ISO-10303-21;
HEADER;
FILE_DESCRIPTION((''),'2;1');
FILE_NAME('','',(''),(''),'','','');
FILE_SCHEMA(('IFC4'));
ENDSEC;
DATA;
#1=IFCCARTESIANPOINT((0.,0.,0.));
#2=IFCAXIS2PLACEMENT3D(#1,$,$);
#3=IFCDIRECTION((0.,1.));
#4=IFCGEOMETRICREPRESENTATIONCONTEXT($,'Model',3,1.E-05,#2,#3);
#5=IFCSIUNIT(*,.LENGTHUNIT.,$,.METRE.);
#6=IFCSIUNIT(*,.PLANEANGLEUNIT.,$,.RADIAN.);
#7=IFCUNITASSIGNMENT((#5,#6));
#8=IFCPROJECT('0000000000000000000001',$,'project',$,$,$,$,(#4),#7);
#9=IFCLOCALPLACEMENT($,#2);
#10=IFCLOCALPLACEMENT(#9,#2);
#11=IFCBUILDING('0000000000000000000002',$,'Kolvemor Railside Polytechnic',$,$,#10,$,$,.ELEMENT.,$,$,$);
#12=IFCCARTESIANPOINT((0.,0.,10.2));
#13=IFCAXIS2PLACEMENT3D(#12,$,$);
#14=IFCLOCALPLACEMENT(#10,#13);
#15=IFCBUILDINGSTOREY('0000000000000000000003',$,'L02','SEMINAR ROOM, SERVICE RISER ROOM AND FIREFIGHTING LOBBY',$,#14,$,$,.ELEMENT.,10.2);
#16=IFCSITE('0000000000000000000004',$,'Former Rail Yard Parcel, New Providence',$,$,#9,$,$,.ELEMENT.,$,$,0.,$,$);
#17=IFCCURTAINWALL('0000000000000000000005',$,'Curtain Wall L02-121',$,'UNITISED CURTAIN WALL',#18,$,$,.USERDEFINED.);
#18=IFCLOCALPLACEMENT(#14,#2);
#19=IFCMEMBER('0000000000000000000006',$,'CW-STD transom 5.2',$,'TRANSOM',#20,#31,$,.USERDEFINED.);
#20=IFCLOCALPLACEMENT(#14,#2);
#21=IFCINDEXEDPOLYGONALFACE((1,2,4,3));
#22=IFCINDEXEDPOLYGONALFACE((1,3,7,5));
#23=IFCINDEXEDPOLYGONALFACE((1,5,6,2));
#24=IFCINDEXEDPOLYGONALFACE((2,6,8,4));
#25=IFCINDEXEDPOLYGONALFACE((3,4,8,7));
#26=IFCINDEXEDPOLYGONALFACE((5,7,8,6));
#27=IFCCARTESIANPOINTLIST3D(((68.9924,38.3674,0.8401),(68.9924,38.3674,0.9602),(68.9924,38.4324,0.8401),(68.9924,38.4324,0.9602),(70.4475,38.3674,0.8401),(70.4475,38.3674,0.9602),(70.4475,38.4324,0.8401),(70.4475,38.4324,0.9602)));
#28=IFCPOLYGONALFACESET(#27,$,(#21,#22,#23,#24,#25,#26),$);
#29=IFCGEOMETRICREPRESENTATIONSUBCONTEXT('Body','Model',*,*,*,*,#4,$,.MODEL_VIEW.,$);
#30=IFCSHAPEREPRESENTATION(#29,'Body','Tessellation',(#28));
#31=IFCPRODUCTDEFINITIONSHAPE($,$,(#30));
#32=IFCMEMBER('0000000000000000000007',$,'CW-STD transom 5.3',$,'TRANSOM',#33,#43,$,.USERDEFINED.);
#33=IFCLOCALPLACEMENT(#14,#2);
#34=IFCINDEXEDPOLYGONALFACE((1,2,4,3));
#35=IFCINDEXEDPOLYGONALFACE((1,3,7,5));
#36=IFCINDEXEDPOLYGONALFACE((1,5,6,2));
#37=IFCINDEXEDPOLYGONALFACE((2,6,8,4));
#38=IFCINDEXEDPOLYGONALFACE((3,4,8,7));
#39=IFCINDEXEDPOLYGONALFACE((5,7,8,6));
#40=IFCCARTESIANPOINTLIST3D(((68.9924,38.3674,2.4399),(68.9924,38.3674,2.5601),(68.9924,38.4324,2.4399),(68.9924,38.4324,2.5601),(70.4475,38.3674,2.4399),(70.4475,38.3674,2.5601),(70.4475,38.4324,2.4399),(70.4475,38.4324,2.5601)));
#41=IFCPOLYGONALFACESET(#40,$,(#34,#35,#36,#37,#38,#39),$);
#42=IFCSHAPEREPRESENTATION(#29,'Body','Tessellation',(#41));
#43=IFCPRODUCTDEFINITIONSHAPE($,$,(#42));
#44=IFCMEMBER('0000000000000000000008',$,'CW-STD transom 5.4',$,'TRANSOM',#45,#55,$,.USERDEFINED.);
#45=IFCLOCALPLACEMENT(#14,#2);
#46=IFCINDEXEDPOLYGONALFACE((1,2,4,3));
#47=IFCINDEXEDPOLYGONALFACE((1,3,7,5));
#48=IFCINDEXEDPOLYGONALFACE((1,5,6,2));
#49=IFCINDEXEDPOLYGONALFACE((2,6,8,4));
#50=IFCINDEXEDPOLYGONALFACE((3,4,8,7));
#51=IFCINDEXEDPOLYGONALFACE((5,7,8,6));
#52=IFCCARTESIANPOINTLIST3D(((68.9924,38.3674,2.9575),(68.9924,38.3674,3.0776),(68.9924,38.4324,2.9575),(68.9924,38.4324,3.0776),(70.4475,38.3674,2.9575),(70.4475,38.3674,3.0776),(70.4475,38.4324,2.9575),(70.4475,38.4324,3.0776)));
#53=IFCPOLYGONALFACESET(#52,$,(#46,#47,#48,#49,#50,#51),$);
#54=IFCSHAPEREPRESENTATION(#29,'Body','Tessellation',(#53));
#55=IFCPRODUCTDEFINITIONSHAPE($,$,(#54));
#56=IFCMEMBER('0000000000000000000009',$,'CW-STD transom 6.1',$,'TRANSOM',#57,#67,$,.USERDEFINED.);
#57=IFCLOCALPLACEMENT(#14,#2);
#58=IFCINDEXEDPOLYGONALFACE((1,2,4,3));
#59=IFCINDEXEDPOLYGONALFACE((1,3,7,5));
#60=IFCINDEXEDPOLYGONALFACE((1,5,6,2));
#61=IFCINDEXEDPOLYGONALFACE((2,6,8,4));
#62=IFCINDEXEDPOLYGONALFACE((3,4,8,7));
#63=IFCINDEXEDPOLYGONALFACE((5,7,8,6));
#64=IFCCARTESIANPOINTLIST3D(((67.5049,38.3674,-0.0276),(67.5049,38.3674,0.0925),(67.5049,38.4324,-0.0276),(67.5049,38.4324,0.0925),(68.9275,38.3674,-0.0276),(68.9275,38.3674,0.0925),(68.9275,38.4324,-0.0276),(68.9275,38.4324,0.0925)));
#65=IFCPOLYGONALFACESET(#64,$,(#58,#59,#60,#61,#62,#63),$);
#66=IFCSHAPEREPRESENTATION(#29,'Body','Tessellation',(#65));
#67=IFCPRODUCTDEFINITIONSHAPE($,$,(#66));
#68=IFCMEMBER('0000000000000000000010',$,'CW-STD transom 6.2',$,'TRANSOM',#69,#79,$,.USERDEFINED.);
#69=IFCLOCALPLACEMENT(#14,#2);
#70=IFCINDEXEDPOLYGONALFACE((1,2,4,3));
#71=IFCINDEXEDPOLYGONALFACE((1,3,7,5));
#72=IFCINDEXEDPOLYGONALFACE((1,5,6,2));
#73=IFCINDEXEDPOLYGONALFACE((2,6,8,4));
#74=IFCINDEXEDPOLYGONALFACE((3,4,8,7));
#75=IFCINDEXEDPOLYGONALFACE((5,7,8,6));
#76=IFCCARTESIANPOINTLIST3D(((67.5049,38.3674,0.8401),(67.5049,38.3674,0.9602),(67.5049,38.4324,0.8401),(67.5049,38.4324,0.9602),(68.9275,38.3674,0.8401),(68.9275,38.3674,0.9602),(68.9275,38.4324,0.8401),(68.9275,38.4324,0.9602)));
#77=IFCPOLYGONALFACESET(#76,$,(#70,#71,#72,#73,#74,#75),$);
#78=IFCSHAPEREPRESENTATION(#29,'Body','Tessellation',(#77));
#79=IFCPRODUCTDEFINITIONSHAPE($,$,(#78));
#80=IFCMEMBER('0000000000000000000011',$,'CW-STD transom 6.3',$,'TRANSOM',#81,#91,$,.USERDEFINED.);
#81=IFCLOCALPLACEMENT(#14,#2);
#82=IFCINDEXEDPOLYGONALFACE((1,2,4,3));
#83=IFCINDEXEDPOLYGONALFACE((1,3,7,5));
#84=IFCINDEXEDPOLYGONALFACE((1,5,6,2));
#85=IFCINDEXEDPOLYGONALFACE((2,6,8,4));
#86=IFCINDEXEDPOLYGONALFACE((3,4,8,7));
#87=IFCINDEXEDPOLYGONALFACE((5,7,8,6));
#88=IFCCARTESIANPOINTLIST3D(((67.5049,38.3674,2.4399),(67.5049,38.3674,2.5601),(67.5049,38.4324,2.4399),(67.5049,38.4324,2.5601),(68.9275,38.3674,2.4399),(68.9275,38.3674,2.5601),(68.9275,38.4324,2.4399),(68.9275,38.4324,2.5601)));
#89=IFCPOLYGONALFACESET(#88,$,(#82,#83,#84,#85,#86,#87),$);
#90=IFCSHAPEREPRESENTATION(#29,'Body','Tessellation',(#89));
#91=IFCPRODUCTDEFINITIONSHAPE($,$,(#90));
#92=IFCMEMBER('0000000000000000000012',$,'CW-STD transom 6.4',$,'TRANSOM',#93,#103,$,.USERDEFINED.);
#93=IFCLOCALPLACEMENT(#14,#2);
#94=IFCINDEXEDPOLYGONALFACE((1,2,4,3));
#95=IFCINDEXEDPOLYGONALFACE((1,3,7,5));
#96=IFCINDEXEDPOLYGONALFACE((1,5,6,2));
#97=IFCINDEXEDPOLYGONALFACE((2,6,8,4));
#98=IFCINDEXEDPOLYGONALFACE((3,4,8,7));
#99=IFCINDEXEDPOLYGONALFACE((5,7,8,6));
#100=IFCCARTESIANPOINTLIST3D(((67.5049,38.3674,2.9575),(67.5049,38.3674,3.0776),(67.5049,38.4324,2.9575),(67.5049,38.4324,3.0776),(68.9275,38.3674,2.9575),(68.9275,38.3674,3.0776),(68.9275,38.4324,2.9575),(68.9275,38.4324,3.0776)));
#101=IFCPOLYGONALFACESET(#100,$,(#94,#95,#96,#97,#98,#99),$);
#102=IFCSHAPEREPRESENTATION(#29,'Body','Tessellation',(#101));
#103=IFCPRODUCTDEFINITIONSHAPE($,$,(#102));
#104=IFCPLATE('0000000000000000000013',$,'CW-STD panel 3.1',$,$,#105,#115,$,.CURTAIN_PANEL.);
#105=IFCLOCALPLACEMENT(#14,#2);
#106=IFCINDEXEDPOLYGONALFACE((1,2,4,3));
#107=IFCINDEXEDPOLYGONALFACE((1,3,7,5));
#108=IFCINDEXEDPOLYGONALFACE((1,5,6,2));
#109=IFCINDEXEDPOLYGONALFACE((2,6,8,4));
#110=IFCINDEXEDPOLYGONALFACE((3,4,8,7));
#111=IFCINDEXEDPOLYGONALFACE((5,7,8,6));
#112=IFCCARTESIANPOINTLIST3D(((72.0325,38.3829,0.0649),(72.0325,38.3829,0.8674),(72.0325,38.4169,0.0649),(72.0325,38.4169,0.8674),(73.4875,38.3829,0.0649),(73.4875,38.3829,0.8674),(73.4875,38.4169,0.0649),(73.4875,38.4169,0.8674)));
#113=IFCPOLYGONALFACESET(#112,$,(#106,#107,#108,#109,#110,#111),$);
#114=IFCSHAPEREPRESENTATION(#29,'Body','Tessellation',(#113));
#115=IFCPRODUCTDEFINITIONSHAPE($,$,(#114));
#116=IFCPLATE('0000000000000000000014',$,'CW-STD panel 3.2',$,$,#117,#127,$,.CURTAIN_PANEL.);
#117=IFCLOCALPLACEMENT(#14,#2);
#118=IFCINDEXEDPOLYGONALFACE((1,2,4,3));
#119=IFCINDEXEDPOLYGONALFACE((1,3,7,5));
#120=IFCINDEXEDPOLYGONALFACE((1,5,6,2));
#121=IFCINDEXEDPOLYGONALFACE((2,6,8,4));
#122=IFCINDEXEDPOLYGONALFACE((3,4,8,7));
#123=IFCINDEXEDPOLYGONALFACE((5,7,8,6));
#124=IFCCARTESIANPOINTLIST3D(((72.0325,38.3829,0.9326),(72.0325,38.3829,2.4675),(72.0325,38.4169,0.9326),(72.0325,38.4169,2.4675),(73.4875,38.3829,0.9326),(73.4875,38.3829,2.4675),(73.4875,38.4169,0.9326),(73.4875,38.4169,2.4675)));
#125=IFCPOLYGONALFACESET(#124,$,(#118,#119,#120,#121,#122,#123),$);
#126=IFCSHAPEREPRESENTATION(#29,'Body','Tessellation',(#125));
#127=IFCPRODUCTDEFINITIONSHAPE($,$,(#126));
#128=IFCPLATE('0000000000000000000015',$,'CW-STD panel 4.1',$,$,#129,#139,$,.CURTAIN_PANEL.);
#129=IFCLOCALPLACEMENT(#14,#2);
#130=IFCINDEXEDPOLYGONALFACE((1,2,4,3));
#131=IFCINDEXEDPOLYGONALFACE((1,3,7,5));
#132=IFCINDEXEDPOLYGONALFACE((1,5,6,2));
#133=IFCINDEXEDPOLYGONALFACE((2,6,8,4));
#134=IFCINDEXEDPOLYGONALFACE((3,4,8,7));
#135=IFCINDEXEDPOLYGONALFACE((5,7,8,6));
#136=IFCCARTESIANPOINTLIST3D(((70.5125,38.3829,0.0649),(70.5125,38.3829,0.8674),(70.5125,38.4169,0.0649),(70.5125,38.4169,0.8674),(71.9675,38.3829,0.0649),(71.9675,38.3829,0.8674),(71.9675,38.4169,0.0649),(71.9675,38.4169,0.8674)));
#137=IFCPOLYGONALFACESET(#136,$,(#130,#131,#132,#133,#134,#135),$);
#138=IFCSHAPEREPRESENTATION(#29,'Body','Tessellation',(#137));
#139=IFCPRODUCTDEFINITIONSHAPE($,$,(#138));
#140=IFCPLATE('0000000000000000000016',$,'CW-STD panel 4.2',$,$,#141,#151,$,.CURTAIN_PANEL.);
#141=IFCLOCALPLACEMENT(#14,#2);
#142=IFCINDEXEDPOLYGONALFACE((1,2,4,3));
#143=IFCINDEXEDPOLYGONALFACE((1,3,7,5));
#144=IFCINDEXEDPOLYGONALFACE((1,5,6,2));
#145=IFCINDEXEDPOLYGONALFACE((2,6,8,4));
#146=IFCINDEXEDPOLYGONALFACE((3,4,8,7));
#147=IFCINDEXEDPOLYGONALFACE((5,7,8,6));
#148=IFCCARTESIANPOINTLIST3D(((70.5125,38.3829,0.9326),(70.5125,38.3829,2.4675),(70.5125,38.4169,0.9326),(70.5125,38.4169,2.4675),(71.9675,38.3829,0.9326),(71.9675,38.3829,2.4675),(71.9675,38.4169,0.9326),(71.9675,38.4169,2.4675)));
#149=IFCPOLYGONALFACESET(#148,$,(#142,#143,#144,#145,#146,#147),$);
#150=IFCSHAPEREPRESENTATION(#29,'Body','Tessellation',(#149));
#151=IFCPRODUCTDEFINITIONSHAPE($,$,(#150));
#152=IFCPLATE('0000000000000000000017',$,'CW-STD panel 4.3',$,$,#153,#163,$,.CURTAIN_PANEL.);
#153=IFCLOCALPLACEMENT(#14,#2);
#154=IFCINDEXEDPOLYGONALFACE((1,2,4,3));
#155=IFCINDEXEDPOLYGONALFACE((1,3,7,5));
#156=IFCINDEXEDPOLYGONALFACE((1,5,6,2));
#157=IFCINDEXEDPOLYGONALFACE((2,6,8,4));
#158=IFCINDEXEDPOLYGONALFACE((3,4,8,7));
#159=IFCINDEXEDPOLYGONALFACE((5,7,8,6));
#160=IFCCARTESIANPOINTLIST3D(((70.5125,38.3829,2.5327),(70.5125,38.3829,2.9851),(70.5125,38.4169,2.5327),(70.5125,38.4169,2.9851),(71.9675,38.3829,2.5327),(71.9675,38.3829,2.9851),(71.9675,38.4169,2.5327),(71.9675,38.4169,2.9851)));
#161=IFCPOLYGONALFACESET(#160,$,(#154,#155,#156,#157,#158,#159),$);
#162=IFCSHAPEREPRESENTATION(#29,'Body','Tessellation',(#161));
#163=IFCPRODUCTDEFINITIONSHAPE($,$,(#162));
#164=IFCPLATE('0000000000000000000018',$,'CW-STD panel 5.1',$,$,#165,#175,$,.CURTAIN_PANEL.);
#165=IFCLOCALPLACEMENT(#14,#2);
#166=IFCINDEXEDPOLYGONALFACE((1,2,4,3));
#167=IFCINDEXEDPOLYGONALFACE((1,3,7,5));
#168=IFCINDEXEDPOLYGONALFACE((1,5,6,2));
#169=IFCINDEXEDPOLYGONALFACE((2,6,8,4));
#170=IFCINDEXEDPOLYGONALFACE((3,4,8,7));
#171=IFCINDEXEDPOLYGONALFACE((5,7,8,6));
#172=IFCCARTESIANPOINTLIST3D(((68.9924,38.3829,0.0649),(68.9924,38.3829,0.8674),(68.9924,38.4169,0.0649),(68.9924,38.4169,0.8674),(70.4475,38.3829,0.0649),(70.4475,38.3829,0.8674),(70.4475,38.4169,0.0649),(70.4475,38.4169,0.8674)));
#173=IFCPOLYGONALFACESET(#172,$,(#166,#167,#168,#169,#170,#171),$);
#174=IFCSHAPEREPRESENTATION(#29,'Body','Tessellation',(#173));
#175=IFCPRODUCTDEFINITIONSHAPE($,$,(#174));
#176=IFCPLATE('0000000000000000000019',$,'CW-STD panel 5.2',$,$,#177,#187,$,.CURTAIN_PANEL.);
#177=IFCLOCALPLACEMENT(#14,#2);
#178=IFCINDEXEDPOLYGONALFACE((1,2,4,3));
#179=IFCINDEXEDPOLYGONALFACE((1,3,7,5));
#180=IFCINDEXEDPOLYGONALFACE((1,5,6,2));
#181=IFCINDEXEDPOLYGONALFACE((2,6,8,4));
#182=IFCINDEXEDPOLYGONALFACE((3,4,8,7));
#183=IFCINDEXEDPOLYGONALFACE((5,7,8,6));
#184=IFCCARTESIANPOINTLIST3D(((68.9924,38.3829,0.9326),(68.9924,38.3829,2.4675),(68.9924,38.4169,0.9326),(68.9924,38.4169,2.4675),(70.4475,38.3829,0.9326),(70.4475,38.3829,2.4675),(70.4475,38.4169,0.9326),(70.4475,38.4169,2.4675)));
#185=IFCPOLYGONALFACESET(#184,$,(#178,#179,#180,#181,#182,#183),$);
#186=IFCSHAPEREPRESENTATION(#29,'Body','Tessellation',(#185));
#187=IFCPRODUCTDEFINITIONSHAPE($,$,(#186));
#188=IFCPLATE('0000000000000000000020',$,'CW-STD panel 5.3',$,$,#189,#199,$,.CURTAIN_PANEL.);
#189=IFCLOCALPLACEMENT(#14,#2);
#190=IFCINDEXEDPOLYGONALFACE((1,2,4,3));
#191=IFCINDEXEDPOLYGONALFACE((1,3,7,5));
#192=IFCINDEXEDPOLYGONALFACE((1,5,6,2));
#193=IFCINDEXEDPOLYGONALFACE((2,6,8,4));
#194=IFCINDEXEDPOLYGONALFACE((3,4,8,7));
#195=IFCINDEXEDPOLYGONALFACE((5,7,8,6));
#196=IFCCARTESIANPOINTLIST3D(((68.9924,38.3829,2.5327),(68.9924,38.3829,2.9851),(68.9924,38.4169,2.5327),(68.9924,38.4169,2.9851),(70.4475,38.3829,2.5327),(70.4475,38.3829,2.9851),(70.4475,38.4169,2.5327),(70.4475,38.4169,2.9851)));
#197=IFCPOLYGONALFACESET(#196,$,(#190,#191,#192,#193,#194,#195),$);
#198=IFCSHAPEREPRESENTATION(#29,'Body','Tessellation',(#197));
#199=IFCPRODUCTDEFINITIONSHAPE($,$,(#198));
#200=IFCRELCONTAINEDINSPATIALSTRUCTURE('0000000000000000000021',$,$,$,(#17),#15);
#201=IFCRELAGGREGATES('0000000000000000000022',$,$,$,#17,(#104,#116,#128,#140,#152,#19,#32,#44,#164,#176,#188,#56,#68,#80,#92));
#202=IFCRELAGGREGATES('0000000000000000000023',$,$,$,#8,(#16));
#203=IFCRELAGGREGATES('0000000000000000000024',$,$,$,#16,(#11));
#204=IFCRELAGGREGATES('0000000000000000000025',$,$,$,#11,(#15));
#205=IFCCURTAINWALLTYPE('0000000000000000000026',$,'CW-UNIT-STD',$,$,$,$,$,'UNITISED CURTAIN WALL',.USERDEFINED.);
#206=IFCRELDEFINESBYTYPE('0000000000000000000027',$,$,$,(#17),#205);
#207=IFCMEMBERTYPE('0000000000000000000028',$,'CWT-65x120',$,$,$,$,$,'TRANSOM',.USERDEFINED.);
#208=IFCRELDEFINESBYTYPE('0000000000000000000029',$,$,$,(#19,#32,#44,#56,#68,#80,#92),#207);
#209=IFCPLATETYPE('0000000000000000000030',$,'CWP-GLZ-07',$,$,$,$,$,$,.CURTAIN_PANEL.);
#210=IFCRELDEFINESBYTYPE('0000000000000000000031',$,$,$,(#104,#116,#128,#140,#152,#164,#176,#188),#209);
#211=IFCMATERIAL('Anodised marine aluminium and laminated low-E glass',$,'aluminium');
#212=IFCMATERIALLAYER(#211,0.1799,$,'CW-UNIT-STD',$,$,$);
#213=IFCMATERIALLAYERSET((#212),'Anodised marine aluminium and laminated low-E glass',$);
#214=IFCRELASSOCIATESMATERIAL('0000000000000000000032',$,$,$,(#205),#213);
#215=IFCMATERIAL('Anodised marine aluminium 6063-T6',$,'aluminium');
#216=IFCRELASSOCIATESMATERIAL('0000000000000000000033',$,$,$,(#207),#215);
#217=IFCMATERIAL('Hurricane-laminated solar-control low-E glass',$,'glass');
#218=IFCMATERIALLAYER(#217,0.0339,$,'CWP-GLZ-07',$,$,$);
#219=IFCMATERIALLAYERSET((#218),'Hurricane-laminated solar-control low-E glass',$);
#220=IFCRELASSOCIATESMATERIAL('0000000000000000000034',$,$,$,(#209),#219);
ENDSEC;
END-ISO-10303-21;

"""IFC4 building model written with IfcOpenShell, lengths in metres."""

from ifc_helpers import new_model, si_unit, direction, frame, origin, origin_2d, place, context, subcontext, project, spatial, rectangle, extrude, material, layer, layer_set, material_profile, profile_set, type_object, element, aggregate, save


model = new_model("IFC4")

# Units and contexts
model_context = context("Model", 3, precision=1e-05, world=origin(), true_north=direction((0.0, 1.0)))
body_context = subcontext(model_context, "Body", "Model", "MODEL_VIEW")
ifc_project = project(units=[si_unit("LENGTHUNIT", "METRE"), si_unit("PLANEANGLEUNIT", "RADIAN")], contexts=[model_context])

# Site, building, storey
site_placement = place(None, origin())
site = spatial("IfcSite", under=ifc_project, at=site_placement, Name="Former Rail Yard Parcel, New Providence", CompositionType="ELEMENT", RefElevation=0.0)
building_placement = place(site_placement, origin())
building = spatial("IfcBuilding", under=site, at=building_placement, Name="Kolvemor Railside Polytechnic", CompositionType="ELEMENT")
storey_placement = place(building_placement, frame((0.0, 0.0, 10.2)))
storey = spatial("IfcBuildingStorey", under=building, at=storey_placement, Name="L02", Description="SEMINAR ROOM, SERVICE RISER ROOM AND FIREFIGHTING LOBBY", CompositionType="ELEMENT", Elevation=10.2)

# Curtain wall, members, plates
ifc_material_1 = material(Name="Anodised marine aluminium and laminated low-E glass", Category="aluminium")
ifc_layer_1 = layer(ifc_material_1, 0.1799, Name="CW-UNIT-STD")
ifc_layer_set_1 = layer_set([ifc_layer_1], Name="Anodised marine aluminium and laminated low-E glass")
curtain_wall_type = type_object("IfcCurtainWallType", Name="CW-UNIT-STD", ElementType="UNITISED CURTAIN WALL", PredefinedType="USERDEFINED", material=ifc_layer_set_1)
curtain_wall_placement = place(storey_placement, origin())
curtain_wall = element("IfcCurtainWall", 1, at=curtain_wall_placement, inside=storey, type_object=curtain_wall_type, Name="Curtain Wall L02-121", ObjectType="UNITISED CURTAIN WALL", PredefinedType="USERDEFINED")
ifc_material_2 = material(Name="Anodised marine aluminium 6063-T6", Category="aluminium")
ifc_material_profile_1 = material_profile(ifc_material_2, rectangle(XDim=0.0649, YDim=0.1201, at=origin_2d()), Name="CW-TRN-65x120")
ifc_profile_set_1 = profile_set([ifc_material_profile_1], Name="Anodised marine aluminium 6063-T6")
member_type_1 = type_object("IfcMemberType", Name="CWT-65x120", ElementType="TRANSOM", PredefinedType="USERDEFINED", material=ifc_profile_set_1)
member_1_placement = place(storey_placement, frame((70.4475, 38.3999, 0.9001), z_axis=(-1.0, 0.0, 0.0), x_axis=(0.0, -1.0, 0.0)))
member_1 = element("IfcMember", 2, at=member_1_placement, type_object=member_type_1, Name="CW-STD transom 5.2", ObjectType="TRANSOM", PredefinedType="USERDEFINED", context=body_context, shape_type="SweptSolid", body=[
    extrude(rectangle(XDim=0.0649, YDim=0.1201, at=origin_2d()), origin(), (0.0, 0.0, 1.0), 1.4551),
])
member_2_placement = place(storey_placement, frame((70.4475, 38.3999, 2.5), z_axis=(-1.0, 0.0, 0.0), x_axis=(0.0, -1.0, 0.0)))
member_2 = element("IfcMember", 3, at=member_2_placement, type_object=member_type_1, Name="CW-STD transom 5.3", ObjectType="TRANSOM", PredefinedType="USERDEFINED", context=body_context, shape_type="SweptSolid", body=[
    extrude(rectangle(XDim=0.0649, YDim=0.1201, at=origin_2d()), origin(), (0.0, 0.0, 1.0), 1.4551),
])
member_3_placement = place(storey_placement, frame((70.4475, 38.3999, 3.0176), z_axis=(-1.0, 0.0, 0.0), x_axis=(0.0, -1.0, 0.0)))
member_3 = element("IfcMember", 4, at=member_3_placement, type_object=member_type_1, Name="CW-STD transom 5.4", ObjectType="TRANSOM", PredefinedType="USERDEFINED", context=body_context, shape_type="SweptSolid", body=[
    extrude(rectangle(XDim=0.0649, YDim=0.1201, at=origin_2d()), origin(), (0.0, 0.0, 1.0), 1.4551),
])
member_4_placement = place(storey_placement, frame((68.9275, 38.3999, 0.0325), z_axis=(-1.0, 0.0, 0.0), x_axis=(0.0, -1.0, 0.0)))
member_4 = element("IfcMember", 5, at=member_4_placement, type_object=member_type_1, Name="CW-STD transom 6.1", ObjectType="TRANSOM", PredefinedType="USERDEFINED", context=body_context, shape_type="SweptSolid", body=[
    extrude(rectangle(XDim=0.0649, YDim=0.1201, at=origin_2d()), origin(), (0.0, 0.0, 1.0), 1.4226),
])
member_5_placement = place(storey_placement, frame((68.9275, 38.3999, 0.9001), z_axis=(-1.0, 0.0, 0.0), x_axis=(0.0, -1.0, 0.0)))
member_5 = element("IfcMember", 6, at=member_5_placement, type_object=member_type_1, Name="CW-STD transom 6.2", ObjectType="TRANSOM", PredefinedType="USERDEFINED", context=body_context, shape_type="SweptSolid", body=[
    extrude(rectangle(XDim=0.0649, YDim=0.1201, at=origin_2d()), origin(), (0.0, 0.0, 1.0), 1.4226),
])
member_6_placement = place(storey_placement, frame((68.9275, 38.3999, 2.5), z_axis=(-1.0, 0.0, 0.0), x_axis=(0.0, -1.0, 0.0)))
member_6 = element("IfcMember", 7, at=member_6_placement, type_object=member_type_1, Name="CW-STD transom 6.3", ObjectType="TRANSOM", PredefinedType="USERDEFINED", context=body_context, shape_type="SweptSolid", body=[
    extrude(rectangle(XDim=0.0649, YDim=0.1201, at=origin_2d()), origin(), (0.0, 0.0, 1.0), 1.4226),
])
member_7_placement = place(storey_placement, frame((68.9275, 38.3999, 3.0176), z_axis=(-1.0, 0.0, 0.0), x_axis=(0.0, -1.0, 0.0)))
member_7 = element("IfcMember", 8, at=member_7_placement, type_object=member_type_1, Name="CW-STD transom 6.4", ObjectType="TRANSOM", PredefinedType="USERDEFINED", context=body_context, shape_type="SweptSolid", body=[
    extrude(rectangle(XDim=0.0649, YDim=0.1201, at=origin_2d()), origin(), (0.0, 0.0, 1.0), 1.4226),
])
ifc_material_3 = material(Name="Hurricane-laminated solar-control low-E glass", Category="glass")
ifc_layer_2 = layer(ifc_material_3, 0.0339, Name="CWP-GLZ-07")
ifc_layer_set_2 = layer_set([ifc_layer_2], Name="Hurricane-laminated solar-control low-E glass")
plate_type = type_object("IfcPlateType", Name="CWP-GLZ-07", PredefinedType="CURTAIN_PANEL", material=ifc_layer_set_2)
plate_1_placement = place(storey_placement, frame((72.76, 38.3999, 0.0649), z_axis=(0.0, 0.0, 1.0), x_axis=(-1.0, 0.0, 0.0)))
plate_1 = element("IfcPlate", 9, at=plate_1_placement, type_object=plate_type, Name="CW-STD panel 3.1", PredefinedType="CURTAIN_PANEL", context=body_context, shape_type="SweptSolid", body=[
    extrude(rectangle(XDim=1.4551, YDim=0.0339, at=origin_2d()), origin(), (0.0, 0.0, 1.0), 0.8025),
])
plate_2_placement = place(storey_placement, frame((72.76, 38.3999, 0.9326), z_axis=(0.0, 0.0, 1.0), x_axis=(-1.0, 0.0, 0.0)))
plate_2 = element("IfcPlate", 10, at=plate_2_placement, type_object=plate_type, Name="CW-STD panel 3.2", PredefinedType="CURTAIN_PANEL", context=body_context, shape_type="SweptSolid", body=[
    extrude(rectangle(XDim=1.4551, YDim=0.0339, at=origin_2d()), origin(), (0.0, 0.0, 1.0), 1.5349),
])
plate_3_placement = place(storey_placement, frame((71.24, 38.3999, 0.0649), z_axis=(0.0, 0.0, 1.0), x_axis=(-1.0, 0.0, 0.0)))
plate_3 = element("IfcPlate", 11, at=plate_3_placement, type_object=plate_type, Name="CW-STD panel 4.1", PredefinedType="CURTAIN_PANEL", context=body_context, shape_type="SweptSolid", body=[
    extrude(rectangle(XDim=1.4551, YDim=0.0339, at=origin_2d()), origin(), (0.0, 0.0, 1.0), 0.8025),
])
plate_4_placement = place(storey_placement, frame((71.24, 38.3999, 0.9326), z_axis=(0.0, 0.0, 1.0), x_axis=(-1.0, 0.0, 0.0)))
plate_4 = element("IfcPlate", 12, at=plate_4_placement, type_object=plate_type, Name="CW-STD panel 4.2", PredefinedType="CURTAIN_PANEL", context=body_context, shape_type="SweptSolid", body=[
    extrude(rectangle(XDim=1.4551, YDim=0.0339, at=origin_2d()), origin(), (0.0, 0.0, 1.0), 1.5349),
])
plate_5_placement = place(storey_placement, frame((71.24, 38.3999, 2.5327), z_axis=(0.0, 0.0, 1.0), x_axis=(-1.0, 0.0, 0.0)))
plate_5 = element("IfcPlate", 13, at=plate_5_placement, type_object=plate_type, Name="CW-STD panel 4.3", PredefinedType="CURTAIN_PANEL", context=body_context, shape_type="SweptSolid", body=[
    extrude(rectangle(XDim=1.4551, YDim=0.0339, at=origin_2d()), origin(), (0.0, 0.0, 1.0), 0.4524),
])
plate_6_placement = place(storey_placement, frame((69.72, 38.3999, 0.0649), z_axis=(0.0, 0.0, 1.0), x_axis=(-1.0, 0.0, 0.0)))
plate_6 = element("IfcPlate", 14, at=plate_6_placement, type_object=plate_type, Name="CW-STD panel 5.1", PredefinedType="CURTAIN_PANEL", context=body_context, shape_type="SweptSolid", body=[
    extrude(rectangle(XDim=1.4551, YDim=0.0339, at=origin_2d()), origin(), (0.0, 0.0, 1.0), 0.8025),
])
plate_7_placement = place(storey_placement, frame((69.72, 38.3999, 0.9326), z_axis=(0.0, 0.0, 1.0), x_axis=(-1.0, 0.0, 0.0)))
plate_7 = element("IfcPlate", 15, at=plate_7_placement, type_object=plate_type, Name="CW-STD panel 5.2", PredefinedType="CURTAIN_PANEL", context=body_context, shape_type="SweptSolid", body=[
    extrude(rectangle(XDim=1.4551, YDim=0.0339, at=origin_2d()), origin(), (0.0, 0.0, 1.0), 1.5349),
])
plate_8_placement = place(storey_placement, frame((69.72, 38.3999, 2.5327), z_axis=(0.0, 0.0, 1.0), x_axis=(-1.0, 0.0, 0.0)))
plate_8 = element("IfcPlate", 16, at=plate_8_placement, type_object=plate_type, Name="CW-STD panel 5.3", PredefinedType="CURTAIN_PANEL", context=body_context, shape_type="SweptSolid", body=[
    extrude(rectangle(XDim=1.4551, YDim=0.0339, at=origin_2d()), origin(), (0.0, 0.0, 1.0), 0.4524),
])
aggregate(curtain_wall, [plate_1, plate_2, plate_3, plate_4, plate_5, member_1, member_2, member_3, plate_6, plate_7, plate_8, member_4, member_5, member_6, member_7])

save(model, "model.ifc")
